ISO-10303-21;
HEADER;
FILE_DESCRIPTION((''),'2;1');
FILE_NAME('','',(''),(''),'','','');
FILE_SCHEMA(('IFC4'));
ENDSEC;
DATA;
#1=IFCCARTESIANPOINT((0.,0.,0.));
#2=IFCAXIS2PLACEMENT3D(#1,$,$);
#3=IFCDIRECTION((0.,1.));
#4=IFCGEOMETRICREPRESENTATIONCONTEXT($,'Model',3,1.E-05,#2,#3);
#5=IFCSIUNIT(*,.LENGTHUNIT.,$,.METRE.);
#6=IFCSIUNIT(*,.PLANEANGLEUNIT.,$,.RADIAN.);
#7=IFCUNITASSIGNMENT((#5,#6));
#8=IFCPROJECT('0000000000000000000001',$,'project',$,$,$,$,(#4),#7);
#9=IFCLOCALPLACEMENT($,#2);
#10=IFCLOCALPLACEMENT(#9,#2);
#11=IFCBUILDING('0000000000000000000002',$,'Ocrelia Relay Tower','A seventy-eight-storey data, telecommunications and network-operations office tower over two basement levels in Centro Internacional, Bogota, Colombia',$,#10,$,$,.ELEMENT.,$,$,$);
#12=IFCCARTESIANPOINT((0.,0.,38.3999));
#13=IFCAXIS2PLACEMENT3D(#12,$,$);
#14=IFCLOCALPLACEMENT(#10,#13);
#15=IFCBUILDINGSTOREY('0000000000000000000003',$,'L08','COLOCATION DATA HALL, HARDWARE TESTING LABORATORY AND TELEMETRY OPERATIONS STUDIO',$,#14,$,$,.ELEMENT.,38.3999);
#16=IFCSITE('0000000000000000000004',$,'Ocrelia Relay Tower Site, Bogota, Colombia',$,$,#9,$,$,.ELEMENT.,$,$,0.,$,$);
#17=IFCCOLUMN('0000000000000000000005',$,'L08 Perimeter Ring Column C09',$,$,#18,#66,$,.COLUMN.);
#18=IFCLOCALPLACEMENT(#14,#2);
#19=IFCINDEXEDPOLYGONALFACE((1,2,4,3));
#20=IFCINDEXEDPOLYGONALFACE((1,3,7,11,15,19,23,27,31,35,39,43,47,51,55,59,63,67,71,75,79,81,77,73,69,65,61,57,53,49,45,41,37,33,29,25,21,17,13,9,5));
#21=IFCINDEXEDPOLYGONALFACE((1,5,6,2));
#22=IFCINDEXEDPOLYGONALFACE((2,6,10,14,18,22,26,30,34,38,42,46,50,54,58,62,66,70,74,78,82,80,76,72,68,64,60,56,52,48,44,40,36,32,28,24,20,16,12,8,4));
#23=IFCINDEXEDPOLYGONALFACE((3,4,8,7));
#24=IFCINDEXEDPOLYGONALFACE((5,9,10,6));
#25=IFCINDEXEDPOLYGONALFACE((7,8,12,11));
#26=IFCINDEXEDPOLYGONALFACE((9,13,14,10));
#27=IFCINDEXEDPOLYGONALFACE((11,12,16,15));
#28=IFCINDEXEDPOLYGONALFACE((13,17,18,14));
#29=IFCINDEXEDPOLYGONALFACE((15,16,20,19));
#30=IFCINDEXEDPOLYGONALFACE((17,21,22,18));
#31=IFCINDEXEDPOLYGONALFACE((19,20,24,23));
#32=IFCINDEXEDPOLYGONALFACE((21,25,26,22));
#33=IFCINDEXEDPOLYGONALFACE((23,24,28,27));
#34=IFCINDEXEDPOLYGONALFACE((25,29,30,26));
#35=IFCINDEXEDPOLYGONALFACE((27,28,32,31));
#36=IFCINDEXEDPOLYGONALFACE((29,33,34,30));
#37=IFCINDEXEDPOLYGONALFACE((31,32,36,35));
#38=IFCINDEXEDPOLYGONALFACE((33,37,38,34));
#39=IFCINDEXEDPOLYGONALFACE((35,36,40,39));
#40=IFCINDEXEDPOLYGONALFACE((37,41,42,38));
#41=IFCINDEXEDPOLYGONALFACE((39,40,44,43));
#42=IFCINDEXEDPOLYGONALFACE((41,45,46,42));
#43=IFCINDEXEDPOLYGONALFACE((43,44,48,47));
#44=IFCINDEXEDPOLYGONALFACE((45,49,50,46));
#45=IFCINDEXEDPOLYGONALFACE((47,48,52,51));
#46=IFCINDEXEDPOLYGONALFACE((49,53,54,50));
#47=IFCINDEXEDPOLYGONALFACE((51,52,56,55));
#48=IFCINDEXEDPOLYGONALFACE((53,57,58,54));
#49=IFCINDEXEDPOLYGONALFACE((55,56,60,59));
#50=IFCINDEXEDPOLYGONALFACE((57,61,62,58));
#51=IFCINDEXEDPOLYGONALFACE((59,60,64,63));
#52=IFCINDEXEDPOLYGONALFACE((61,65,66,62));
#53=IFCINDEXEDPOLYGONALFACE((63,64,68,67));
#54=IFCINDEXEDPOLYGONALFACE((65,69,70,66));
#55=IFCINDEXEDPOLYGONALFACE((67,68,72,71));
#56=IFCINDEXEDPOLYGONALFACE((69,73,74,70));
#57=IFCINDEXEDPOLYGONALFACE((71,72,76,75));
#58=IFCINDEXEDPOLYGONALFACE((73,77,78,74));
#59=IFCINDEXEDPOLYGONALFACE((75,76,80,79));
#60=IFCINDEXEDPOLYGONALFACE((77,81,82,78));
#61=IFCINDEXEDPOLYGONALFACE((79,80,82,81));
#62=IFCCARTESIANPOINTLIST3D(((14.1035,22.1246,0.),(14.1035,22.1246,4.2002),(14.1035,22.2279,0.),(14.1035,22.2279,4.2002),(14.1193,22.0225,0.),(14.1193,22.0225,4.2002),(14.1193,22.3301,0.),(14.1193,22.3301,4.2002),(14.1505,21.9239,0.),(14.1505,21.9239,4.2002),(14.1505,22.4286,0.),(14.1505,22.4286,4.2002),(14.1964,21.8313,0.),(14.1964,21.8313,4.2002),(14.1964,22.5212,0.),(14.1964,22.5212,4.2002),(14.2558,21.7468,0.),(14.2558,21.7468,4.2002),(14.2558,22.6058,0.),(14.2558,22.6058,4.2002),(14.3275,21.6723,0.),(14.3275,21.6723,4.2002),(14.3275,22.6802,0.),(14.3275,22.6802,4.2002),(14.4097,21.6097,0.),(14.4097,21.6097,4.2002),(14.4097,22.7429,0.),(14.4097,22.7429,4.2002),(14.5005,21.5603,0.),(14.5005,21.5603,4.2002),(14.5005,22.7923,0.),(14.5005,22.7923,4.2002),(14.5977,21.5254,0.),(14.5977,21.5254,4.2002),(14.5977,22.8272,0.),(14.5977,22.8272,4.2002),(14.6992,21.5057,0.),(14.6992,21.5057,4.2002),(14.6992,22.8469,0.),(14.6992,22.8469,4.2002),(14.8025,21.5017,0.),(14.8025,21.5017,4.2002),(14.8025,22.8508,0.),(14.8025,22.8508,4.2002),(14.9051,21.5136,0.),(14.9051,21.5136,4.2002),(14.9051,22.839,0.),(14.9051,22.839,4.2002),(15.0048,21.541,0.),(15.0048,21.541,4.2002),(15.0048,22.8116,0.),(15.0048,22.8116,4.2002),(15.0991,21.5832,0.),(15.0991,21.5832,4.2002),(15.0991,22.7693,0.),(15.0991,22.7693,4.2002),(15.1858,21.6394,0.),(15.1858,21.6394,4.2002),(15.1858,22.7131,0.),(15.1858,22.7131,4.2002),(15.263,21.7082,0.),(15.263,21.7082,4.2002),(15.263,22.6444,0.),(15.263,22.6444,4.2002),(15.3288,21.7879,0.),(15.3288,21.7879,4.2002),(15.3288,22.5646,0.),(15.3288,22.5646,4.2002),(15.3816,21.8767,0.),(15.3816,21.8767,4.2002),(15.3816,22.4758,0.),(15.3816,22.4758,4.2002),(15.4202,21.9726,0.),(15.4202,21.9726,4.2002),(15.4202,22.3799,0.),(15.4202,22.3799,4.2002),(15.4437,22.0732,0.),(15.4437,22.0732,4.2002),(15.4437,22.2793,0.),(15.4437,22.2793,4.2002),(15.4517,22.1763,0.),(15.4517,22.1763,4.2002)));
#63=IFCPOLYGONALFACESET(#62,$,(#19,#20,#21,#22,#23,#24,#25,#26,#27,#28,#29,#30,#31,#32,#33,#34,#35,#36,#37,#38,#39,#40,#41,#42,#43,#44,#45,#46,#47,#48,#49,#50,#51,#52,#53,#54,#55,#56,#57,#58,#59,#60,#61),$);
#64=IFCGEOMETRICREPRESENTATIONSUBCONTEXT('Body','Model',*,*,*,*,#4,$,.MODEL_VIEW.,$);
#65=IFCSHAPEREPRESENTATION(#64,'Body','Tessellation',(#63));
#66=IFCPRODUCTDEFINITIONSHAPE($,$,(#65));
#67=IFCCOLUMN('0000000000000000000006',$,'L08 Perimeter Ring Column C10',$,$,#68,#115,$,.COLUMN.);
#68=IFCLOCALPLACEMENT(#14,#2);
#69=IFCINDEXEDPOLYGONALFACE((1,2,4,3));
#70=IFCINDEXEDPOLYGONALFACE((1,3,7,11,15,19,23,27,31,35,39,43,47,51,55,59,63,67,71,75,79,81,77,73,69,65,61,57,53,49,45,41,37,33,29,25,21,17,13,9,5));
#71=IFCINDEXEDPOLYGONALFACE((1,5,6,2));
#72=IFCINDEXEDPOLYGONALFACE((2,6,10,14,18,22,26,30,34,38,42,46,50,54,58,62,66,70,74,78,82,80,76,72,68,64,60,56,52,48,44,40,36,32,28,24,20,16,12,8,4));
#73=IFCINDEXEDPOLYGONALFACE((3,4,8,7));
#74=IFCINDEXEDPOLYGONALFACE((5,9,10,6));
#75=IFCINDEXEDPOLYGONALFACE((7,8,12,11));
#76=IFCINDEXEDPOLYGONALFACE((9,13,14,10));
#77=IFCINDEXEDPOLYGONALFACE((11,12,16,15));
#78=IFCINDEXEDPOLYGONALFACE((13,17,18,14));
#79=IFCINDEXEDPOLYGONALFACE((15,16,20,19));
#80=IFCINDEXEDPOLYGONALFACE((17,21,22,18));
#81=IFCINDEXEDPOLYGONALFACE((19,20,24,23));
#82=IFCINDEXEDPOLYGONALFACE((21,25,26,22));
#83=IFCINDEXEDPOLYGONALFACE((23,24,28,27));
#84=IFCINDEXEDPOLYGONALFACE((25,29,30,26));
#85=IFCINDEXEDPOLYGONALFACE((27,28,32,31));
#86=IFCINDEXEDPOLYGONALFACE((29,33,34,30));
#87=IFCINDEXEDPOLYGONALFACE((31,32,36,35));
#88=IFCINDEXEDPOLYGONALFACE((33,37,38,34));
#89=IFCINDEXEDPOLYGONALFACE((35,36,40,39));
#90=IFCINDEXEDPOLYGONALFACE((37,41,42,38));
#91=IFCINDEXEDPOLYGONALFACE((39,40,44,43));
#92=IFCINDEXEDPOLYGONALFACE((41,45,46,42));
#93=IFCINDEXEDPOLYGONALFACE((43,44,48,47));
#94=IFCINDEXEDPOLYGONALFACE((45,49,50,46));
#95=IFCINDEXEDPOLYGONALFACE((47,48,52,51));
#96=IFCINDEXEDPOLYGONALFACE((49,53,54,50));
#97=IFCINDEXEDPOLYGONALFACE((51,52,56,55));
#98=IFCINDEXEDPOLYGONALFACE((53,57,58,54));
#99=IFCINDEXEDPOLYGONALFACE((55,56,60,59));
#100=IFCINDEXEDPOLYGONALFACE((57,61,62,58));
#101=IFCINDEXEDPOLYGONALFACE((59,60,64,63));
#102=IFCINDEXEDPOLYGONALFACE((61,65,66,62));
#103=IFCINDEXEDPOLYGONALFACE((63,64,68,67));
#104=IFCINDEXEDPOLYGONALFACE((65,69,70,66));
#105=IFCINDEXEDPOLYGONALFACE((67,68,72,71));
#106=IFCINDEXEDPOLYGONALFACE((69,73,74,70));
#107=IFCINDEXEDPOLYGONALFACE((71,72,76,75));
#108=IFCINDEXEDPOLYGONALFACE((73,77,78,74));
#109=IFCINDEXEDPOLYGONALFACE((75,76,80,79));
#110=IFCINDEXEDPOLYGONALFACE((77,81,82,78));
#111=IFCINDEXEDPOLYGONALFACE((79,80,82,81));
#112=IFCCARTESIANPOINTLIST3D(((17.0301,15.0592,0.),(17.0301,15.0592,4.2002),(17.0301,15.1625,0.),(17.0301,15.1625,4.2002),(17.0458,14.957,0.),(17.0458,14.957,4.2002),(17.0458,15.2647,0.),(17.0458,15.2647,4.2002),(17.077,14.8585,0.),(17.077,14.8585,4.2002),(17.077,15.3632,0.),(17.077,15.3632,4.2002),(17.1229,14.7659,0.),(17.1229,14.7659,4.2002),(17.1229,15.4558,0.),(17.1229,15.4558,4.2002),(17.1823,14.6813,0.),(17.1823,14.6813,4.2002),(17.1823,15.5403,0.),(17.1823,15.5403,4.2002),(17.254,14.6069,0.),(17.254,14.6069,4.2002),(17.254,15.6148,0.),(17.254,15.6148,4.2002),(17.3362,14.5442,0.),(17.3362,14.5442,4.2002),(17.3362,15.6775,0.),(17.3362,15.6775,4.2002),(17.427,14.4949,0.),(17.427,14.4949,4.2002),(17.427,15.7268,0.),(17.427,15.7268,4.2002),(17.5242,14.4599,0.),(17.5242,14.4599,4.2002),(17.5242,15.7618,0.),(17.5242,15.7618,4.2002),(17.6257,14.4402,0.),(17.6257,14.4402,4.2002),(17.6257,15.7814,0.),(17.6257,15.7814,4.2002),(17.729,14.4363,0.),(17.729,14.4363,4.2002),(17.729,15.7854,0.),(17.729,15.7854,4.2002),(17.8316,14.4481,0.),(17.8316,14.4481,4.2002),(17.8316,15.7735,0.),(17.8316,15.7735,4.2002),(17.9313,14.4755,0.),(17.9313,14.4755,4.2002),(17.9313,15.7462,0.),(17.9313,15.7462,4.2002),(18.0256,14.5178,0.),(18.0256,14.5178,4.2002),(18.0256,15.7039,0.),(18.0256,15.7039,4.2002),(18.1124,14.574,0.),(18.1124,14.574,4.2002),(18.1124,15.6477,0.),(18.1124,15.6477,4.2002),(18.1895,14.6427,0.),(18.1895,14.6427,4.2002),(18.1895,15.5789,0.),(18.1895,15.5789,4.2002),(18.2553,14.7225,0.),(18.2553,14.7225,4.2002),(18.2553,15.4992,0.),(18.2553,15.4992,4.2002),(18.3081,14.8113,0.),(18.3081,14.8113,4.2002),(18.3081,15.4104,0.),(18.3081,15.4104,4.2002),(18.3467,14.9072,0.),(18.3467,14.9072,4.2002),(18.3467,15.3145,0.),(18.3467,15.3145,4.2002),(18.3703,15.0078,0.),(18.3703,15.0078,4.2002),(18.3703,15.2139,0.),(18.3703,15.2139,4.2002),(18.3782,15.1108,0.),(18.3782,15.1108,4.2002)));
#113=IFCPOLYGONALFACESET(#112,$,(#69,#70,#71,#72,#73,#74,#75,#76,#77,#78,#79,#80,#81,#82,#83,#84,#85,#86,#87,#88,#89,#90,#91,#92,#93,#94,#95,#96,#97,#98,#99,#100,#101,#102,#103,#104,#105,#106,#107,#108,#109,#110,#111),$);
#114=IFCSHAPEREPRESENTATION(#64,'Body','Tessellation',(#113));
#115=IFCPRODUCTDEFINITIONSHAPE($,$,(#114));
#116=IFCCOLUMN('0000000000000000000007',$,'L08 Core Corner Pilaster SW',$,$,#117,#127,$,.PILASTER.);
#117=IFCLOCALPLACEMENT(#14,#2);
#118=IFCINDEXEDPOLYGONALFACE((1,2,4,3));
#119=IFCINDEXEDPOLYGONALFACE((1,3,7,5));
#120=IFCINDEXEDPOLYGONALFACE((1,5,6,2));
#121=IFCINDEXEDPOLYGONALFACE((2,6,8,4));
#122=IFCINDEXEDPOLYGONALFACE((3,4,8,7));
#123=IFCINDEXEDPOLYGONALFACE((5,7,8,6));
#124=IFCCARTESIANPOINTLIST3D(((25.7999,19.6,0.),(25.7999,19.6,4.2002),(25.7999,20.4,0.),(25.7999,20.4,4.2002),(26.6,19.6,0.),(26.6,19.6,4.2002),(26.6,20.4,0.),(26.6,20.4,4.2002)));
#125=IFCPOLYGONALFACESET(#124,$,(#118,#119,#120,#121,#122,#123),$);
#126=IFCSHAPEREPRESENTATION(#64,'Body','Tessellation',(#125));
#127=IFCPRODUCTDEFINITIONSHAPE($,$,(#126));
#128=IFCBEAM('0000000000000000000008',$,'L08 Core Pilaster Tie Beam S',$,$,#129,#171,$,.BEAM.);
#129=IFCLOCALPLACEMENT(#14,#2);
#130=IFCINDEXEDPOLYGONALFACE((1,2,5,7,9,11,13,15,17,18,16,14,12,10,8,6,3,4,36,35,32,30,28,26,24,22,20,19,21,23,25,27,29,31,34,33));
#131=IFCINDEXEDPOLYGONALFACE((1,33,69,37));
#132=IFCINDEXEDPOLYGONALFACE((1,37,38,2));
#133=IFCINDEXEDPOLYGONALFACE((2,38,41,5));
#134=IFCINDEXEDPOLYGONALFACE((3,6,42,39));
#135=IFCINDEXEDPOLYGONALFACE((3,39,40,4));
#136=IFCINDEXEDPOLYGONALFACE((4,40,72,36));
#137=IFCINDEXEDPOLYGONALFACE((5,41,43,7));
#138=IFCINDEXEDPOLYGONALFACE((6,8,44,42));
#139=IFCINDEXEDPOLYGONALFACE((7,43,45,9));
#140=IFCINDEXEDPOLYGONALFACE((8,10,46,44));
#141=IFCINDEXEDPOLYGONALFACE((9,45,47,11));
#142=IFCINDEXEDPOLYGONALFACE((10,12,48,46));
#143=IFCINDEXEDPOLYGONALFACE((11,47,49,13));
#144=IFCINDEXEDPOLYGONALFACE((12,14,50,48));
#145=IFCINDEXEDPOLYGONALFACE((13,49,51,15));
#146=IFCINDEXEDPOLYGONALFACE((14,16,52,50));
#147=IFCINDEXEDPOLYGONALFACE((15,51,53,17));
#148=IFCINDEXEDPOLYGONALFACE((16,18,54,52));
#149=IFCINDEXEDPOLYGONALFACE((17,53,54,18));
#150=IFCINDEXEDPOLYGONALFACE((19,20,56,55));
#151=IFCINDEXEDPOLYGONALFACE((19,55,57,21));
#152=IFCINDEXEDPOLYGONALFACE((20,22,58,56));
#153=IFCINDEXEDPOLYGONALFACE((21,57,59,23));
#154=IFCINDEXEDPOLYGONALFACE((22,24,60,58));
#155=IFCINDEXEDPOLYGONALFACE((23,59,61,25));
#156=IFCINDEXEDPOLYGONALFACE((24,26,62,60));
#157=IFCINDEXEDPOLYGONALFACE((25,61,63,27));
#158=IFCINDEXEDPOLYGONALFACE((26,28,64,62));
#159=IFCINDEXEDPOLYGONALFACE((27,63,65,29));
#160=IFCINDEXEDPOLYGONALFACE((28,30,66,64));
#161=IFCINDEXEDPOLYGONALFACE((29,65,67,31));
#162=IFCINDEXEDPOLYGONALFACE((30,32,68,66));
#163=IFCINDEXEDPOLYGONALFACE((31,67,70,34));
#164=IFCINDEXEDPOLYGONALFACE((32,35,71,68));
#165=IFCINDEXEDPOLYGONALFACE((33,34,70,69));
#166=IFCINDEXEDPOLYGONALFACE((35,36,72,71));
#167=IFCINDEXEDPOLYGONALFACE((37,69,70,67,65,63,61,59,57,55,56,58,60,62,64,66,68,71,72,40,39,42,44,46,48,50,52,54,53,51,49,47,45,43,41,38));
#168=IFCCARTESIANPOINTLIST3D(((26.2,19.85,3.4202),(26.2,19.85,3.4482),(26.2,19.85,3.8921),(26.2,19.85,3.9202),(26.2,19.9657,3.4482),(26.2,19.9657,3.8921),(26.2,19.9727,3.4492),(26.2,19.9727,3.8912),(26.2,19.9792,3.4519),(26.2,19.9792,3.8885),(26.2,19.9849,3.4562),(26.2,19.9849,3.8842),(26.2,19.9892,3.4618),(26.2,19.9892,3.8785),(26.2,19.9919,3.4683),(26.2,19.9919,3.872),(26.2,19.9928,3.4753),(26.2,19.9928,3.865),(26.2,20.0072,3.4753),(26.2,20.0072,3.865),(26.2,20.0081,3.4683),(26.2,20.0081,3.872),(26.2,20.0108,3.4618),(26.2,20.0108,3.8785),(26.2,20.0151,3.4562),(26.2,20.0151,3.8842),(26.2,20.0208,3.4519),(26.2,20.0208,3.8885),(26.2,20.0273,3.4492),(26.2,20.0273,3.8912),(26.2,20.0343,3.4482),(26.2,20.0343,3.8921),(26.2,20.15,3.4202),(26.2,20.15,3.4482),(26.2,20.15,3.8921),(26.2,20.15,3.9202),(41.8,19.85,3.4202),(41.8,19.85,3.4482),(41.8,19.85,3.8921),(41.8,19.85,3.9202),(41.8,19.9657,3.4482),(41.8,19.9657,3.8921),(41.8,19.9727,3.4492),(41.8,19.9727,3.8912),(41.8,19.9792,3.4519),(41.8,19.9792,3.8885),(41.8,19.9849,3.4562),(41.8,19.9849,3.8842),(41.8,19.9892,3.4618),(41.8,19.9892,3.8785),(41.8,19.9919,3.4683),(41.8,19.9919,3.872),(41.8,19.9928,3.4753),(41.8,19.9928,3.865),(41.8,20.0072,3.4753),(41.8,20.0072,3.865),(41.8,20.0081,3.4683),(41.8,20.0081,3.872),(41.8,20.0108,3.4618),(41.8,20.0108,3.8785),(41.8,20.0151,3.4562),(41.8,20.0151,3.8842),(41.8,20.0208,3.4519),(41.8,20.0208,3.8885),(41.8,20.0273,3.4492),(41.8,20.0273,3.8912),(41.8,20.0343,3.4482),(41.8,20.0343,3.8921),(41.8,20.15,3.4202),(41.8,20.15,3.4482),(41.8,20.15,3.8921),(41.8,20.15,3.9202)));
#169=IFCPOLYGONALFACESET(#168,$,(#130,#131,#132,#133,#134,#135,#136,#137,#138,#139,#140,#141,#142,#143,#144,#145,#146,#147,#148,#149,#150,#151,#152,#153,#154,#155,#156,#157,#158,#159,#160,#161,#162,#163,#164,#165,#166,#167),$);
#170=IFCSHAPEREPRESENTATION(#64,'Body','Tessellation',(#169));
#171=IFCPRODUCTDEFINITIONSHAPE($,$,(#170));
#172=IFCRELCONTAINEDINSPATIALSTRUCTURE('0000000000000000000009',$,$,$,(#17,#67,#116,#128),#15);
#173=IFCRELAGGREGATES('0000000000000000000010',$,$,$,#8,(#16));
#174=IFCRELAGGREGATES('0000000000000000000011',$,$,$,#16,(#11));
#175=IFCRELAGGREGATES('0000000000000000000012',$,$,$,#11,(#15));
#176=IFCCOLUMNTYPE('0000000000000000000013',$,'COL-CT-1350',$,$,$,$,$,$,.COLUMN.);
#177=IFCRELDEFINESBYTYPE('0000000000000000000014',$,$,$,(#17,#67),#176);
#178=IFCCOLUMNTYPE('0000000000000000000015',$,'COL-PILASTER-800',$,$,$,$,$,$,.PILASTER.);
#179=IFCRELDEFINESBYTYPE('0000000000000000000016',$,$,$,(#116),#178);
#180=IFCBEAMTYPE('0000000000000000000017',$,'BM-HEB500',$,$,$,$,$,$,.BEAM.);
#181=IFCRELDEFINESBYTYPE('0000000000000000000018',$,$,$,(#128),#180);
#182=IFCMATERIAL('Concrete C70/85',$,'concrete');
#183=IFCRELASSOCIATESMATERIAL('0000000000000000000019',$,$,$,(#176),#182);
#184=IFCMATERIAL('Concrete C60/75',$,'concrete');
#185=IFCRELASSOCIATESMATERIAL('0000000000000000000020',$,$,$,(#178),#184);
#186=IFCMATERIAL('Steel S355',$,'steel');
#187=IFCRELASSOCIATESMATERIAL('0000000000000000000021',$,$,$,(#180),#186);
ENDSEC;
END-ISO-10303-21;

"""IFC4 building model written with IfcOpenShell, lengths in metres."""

from ifc_helpers import new_model, si_unit, direction, frame, origin, origin_2d, place, context, subcontext, project, spatial, rectangle, circle, i_section, extrude, material, material_profile, profile_set, type_object, element, save


model = new_model("IFC4")

# Units and contexts
model_context = context("Model", 3, precision=1e-05, world=origin(), true_north=direction((0.0, 1.0)))
body_context = subcontext(model_context, "Body", "Model", "MODEL_VIEW")
ifc_project = project(units=[si_unit("LENGTHUNIT", "METRE"), si_unit("PLANEANGLEUNIT", "RADIAN")], contexts=[model_context])

# Site, building, storey
site_placement = place(None, origin())
site = spatial("IfcSite", under=ifc_project, at=site_placement, Name="Ocrelia Relay Tower Site, Bogota, Colombia", CompositionType="ELEMENT", RefElevation=0.0)
building_placement = place(site_placement, origin())
building = spatial("IfcBuilding", under=site, at=building_placement, Name="Ocrelia Relay Tower", Description="A seventy-eight-storey data, telecommunications and network-operations office tower over two basement levels in Centro Internacional, Bogota, Colombia", CompositionType="ELEMENT")
storey_placement = place(building_placement, frame((0.0, 0.0, 38.3999)))
storey = spatial("IfcBuildingStorey", under=building, at=storey_placement, Name="L08", Description="COLOCATION DATA HALL, HARDWARE TESTING LABORATORY AND TELEMETRY OPERATIONS STUDIO", CompositionType="ELEMENT", Elevation=38.3999)

# Columns
ifc_material_1 = material(Name="Concrete C70/85", Category="concrete")
ifc_material_profile_1 = material_profile(ifc_material_1, circle(Radius=0.675, at=origin_2d()), Name="RC-CIR-1350")
ifc_profile_set_1 = profile_set([ifc_material_profile_1], Name="Concrete C70/85")
column_type_1 = type_object("IfcColumnType", Name="COL-CT-1350", PredefinedType="COLUMN", material=ifc_profile_set_1)
for number, where, z_axis, x_axis, name in (
    (1, (14.7766, 22.1763, 0.0), (0.0, 0.0, 1.0), (1.0, 0.0, 0.0), "L08 Perimeter Ring Column C09"),
    (2, (17.7031, 15.1108, 0.0), (0.0, 0.0, 1.0), (1.0, 0.0, 0.0), "L08 Perimeter Ring Column C10"),
):
    element("IfcColumn", number, at=place(storey_placement, frame(where, z_axis=z_axis, x_axis=x_axis)), inside=storey, type_object=column_type_1, Name=name, PredefinedType="COLUMN", context=body_context, shape_type="SweptSolid", body=[
        extrude(circle(Radius=0.675, at=origin_2d()), origin(), (0.0, 0.0, 1.0), 4.2002),
    ])
ifc_material_2 = material(Name="Concrete C60/75", Category="concrete")
ifc_material_profile_2 = material_profile(ifc_material_2, rectangle(XDim=0.8, YDim=0.8, at=origin_2d()), Name="RC-COL-800x800")
ifc_profile_set_2 = profile_set([ifc_material_profile_2], Name="Concrete C60/75")
column_type_2 = type_object("IfcColumnType", Name="COL-PILASTER-800", PredefinedType="PILASTER", material=ifc_profile_set_2)
column_placement = place(storey_placement, frame((26.2, 20.0, 0.0), z_axis=(0.0, 0.0, 1.0), x_axis=(1.0, 0.0, 0.0)))
element("IfcColumn", 3, at=column_placement, inside=storey, type_object=column_type_2, Name="L08 Core Corner Pilaster SW", PredefinedType="PILASTER", context=body_context, shape_type="SweptSolid", body=[
    extrude(rectangle(XDim=0.8, YDim=0.8, at=origin_2d()), origin(), (0.0, 0.0, 1.0), 4.2002),
])

# Beam
ifc_material_3 = material(Name="Steel S355", Category="steel")
ifc_material_profile_3 = material_profile(ifc_material_3, i_section(OverallWidth=0.3, OverallDepth=0.5, WebThickness=0.0144, FlangeThickness=0.0281, FilletRadius=0.0271, at=origin_2d()), Name="HEB 500")
ifc_profile_set_3 = profile_set([ifc_material_profile_3], Name="Steel S355")
beam_type_1 = type_object("IfcBeamType", Name="BM-HEB500", PredefinedType="BEAM", material=ifc_profile_set_3)
beam_1_placement = place(storey_placement, frame((26.2, 20.0, 3.6702), z_axis=(1.0, 0.0, 0.0), x_axis=(0.0, 1.0, 0.0)))
element("IfcBeam", 4, at=beam_1_placement, inside=storey, type_object=beam_type_1, Name="L08 Core Pilaster Tie Beam S", PredefinedType="BEAM", context=body_context, shape_type="SweptSolid", body=[
    extrude(i_section(OverallWidth=0.3, OverallDepth=0.5, WebThickness=0.0144, FlangeThickness=0.0281, FilletRadius=0.0271, at=origin_2d()), origin(), (0.0, 0.0, 1.0), 15.6001),
])

save(model, "model.ifc")
